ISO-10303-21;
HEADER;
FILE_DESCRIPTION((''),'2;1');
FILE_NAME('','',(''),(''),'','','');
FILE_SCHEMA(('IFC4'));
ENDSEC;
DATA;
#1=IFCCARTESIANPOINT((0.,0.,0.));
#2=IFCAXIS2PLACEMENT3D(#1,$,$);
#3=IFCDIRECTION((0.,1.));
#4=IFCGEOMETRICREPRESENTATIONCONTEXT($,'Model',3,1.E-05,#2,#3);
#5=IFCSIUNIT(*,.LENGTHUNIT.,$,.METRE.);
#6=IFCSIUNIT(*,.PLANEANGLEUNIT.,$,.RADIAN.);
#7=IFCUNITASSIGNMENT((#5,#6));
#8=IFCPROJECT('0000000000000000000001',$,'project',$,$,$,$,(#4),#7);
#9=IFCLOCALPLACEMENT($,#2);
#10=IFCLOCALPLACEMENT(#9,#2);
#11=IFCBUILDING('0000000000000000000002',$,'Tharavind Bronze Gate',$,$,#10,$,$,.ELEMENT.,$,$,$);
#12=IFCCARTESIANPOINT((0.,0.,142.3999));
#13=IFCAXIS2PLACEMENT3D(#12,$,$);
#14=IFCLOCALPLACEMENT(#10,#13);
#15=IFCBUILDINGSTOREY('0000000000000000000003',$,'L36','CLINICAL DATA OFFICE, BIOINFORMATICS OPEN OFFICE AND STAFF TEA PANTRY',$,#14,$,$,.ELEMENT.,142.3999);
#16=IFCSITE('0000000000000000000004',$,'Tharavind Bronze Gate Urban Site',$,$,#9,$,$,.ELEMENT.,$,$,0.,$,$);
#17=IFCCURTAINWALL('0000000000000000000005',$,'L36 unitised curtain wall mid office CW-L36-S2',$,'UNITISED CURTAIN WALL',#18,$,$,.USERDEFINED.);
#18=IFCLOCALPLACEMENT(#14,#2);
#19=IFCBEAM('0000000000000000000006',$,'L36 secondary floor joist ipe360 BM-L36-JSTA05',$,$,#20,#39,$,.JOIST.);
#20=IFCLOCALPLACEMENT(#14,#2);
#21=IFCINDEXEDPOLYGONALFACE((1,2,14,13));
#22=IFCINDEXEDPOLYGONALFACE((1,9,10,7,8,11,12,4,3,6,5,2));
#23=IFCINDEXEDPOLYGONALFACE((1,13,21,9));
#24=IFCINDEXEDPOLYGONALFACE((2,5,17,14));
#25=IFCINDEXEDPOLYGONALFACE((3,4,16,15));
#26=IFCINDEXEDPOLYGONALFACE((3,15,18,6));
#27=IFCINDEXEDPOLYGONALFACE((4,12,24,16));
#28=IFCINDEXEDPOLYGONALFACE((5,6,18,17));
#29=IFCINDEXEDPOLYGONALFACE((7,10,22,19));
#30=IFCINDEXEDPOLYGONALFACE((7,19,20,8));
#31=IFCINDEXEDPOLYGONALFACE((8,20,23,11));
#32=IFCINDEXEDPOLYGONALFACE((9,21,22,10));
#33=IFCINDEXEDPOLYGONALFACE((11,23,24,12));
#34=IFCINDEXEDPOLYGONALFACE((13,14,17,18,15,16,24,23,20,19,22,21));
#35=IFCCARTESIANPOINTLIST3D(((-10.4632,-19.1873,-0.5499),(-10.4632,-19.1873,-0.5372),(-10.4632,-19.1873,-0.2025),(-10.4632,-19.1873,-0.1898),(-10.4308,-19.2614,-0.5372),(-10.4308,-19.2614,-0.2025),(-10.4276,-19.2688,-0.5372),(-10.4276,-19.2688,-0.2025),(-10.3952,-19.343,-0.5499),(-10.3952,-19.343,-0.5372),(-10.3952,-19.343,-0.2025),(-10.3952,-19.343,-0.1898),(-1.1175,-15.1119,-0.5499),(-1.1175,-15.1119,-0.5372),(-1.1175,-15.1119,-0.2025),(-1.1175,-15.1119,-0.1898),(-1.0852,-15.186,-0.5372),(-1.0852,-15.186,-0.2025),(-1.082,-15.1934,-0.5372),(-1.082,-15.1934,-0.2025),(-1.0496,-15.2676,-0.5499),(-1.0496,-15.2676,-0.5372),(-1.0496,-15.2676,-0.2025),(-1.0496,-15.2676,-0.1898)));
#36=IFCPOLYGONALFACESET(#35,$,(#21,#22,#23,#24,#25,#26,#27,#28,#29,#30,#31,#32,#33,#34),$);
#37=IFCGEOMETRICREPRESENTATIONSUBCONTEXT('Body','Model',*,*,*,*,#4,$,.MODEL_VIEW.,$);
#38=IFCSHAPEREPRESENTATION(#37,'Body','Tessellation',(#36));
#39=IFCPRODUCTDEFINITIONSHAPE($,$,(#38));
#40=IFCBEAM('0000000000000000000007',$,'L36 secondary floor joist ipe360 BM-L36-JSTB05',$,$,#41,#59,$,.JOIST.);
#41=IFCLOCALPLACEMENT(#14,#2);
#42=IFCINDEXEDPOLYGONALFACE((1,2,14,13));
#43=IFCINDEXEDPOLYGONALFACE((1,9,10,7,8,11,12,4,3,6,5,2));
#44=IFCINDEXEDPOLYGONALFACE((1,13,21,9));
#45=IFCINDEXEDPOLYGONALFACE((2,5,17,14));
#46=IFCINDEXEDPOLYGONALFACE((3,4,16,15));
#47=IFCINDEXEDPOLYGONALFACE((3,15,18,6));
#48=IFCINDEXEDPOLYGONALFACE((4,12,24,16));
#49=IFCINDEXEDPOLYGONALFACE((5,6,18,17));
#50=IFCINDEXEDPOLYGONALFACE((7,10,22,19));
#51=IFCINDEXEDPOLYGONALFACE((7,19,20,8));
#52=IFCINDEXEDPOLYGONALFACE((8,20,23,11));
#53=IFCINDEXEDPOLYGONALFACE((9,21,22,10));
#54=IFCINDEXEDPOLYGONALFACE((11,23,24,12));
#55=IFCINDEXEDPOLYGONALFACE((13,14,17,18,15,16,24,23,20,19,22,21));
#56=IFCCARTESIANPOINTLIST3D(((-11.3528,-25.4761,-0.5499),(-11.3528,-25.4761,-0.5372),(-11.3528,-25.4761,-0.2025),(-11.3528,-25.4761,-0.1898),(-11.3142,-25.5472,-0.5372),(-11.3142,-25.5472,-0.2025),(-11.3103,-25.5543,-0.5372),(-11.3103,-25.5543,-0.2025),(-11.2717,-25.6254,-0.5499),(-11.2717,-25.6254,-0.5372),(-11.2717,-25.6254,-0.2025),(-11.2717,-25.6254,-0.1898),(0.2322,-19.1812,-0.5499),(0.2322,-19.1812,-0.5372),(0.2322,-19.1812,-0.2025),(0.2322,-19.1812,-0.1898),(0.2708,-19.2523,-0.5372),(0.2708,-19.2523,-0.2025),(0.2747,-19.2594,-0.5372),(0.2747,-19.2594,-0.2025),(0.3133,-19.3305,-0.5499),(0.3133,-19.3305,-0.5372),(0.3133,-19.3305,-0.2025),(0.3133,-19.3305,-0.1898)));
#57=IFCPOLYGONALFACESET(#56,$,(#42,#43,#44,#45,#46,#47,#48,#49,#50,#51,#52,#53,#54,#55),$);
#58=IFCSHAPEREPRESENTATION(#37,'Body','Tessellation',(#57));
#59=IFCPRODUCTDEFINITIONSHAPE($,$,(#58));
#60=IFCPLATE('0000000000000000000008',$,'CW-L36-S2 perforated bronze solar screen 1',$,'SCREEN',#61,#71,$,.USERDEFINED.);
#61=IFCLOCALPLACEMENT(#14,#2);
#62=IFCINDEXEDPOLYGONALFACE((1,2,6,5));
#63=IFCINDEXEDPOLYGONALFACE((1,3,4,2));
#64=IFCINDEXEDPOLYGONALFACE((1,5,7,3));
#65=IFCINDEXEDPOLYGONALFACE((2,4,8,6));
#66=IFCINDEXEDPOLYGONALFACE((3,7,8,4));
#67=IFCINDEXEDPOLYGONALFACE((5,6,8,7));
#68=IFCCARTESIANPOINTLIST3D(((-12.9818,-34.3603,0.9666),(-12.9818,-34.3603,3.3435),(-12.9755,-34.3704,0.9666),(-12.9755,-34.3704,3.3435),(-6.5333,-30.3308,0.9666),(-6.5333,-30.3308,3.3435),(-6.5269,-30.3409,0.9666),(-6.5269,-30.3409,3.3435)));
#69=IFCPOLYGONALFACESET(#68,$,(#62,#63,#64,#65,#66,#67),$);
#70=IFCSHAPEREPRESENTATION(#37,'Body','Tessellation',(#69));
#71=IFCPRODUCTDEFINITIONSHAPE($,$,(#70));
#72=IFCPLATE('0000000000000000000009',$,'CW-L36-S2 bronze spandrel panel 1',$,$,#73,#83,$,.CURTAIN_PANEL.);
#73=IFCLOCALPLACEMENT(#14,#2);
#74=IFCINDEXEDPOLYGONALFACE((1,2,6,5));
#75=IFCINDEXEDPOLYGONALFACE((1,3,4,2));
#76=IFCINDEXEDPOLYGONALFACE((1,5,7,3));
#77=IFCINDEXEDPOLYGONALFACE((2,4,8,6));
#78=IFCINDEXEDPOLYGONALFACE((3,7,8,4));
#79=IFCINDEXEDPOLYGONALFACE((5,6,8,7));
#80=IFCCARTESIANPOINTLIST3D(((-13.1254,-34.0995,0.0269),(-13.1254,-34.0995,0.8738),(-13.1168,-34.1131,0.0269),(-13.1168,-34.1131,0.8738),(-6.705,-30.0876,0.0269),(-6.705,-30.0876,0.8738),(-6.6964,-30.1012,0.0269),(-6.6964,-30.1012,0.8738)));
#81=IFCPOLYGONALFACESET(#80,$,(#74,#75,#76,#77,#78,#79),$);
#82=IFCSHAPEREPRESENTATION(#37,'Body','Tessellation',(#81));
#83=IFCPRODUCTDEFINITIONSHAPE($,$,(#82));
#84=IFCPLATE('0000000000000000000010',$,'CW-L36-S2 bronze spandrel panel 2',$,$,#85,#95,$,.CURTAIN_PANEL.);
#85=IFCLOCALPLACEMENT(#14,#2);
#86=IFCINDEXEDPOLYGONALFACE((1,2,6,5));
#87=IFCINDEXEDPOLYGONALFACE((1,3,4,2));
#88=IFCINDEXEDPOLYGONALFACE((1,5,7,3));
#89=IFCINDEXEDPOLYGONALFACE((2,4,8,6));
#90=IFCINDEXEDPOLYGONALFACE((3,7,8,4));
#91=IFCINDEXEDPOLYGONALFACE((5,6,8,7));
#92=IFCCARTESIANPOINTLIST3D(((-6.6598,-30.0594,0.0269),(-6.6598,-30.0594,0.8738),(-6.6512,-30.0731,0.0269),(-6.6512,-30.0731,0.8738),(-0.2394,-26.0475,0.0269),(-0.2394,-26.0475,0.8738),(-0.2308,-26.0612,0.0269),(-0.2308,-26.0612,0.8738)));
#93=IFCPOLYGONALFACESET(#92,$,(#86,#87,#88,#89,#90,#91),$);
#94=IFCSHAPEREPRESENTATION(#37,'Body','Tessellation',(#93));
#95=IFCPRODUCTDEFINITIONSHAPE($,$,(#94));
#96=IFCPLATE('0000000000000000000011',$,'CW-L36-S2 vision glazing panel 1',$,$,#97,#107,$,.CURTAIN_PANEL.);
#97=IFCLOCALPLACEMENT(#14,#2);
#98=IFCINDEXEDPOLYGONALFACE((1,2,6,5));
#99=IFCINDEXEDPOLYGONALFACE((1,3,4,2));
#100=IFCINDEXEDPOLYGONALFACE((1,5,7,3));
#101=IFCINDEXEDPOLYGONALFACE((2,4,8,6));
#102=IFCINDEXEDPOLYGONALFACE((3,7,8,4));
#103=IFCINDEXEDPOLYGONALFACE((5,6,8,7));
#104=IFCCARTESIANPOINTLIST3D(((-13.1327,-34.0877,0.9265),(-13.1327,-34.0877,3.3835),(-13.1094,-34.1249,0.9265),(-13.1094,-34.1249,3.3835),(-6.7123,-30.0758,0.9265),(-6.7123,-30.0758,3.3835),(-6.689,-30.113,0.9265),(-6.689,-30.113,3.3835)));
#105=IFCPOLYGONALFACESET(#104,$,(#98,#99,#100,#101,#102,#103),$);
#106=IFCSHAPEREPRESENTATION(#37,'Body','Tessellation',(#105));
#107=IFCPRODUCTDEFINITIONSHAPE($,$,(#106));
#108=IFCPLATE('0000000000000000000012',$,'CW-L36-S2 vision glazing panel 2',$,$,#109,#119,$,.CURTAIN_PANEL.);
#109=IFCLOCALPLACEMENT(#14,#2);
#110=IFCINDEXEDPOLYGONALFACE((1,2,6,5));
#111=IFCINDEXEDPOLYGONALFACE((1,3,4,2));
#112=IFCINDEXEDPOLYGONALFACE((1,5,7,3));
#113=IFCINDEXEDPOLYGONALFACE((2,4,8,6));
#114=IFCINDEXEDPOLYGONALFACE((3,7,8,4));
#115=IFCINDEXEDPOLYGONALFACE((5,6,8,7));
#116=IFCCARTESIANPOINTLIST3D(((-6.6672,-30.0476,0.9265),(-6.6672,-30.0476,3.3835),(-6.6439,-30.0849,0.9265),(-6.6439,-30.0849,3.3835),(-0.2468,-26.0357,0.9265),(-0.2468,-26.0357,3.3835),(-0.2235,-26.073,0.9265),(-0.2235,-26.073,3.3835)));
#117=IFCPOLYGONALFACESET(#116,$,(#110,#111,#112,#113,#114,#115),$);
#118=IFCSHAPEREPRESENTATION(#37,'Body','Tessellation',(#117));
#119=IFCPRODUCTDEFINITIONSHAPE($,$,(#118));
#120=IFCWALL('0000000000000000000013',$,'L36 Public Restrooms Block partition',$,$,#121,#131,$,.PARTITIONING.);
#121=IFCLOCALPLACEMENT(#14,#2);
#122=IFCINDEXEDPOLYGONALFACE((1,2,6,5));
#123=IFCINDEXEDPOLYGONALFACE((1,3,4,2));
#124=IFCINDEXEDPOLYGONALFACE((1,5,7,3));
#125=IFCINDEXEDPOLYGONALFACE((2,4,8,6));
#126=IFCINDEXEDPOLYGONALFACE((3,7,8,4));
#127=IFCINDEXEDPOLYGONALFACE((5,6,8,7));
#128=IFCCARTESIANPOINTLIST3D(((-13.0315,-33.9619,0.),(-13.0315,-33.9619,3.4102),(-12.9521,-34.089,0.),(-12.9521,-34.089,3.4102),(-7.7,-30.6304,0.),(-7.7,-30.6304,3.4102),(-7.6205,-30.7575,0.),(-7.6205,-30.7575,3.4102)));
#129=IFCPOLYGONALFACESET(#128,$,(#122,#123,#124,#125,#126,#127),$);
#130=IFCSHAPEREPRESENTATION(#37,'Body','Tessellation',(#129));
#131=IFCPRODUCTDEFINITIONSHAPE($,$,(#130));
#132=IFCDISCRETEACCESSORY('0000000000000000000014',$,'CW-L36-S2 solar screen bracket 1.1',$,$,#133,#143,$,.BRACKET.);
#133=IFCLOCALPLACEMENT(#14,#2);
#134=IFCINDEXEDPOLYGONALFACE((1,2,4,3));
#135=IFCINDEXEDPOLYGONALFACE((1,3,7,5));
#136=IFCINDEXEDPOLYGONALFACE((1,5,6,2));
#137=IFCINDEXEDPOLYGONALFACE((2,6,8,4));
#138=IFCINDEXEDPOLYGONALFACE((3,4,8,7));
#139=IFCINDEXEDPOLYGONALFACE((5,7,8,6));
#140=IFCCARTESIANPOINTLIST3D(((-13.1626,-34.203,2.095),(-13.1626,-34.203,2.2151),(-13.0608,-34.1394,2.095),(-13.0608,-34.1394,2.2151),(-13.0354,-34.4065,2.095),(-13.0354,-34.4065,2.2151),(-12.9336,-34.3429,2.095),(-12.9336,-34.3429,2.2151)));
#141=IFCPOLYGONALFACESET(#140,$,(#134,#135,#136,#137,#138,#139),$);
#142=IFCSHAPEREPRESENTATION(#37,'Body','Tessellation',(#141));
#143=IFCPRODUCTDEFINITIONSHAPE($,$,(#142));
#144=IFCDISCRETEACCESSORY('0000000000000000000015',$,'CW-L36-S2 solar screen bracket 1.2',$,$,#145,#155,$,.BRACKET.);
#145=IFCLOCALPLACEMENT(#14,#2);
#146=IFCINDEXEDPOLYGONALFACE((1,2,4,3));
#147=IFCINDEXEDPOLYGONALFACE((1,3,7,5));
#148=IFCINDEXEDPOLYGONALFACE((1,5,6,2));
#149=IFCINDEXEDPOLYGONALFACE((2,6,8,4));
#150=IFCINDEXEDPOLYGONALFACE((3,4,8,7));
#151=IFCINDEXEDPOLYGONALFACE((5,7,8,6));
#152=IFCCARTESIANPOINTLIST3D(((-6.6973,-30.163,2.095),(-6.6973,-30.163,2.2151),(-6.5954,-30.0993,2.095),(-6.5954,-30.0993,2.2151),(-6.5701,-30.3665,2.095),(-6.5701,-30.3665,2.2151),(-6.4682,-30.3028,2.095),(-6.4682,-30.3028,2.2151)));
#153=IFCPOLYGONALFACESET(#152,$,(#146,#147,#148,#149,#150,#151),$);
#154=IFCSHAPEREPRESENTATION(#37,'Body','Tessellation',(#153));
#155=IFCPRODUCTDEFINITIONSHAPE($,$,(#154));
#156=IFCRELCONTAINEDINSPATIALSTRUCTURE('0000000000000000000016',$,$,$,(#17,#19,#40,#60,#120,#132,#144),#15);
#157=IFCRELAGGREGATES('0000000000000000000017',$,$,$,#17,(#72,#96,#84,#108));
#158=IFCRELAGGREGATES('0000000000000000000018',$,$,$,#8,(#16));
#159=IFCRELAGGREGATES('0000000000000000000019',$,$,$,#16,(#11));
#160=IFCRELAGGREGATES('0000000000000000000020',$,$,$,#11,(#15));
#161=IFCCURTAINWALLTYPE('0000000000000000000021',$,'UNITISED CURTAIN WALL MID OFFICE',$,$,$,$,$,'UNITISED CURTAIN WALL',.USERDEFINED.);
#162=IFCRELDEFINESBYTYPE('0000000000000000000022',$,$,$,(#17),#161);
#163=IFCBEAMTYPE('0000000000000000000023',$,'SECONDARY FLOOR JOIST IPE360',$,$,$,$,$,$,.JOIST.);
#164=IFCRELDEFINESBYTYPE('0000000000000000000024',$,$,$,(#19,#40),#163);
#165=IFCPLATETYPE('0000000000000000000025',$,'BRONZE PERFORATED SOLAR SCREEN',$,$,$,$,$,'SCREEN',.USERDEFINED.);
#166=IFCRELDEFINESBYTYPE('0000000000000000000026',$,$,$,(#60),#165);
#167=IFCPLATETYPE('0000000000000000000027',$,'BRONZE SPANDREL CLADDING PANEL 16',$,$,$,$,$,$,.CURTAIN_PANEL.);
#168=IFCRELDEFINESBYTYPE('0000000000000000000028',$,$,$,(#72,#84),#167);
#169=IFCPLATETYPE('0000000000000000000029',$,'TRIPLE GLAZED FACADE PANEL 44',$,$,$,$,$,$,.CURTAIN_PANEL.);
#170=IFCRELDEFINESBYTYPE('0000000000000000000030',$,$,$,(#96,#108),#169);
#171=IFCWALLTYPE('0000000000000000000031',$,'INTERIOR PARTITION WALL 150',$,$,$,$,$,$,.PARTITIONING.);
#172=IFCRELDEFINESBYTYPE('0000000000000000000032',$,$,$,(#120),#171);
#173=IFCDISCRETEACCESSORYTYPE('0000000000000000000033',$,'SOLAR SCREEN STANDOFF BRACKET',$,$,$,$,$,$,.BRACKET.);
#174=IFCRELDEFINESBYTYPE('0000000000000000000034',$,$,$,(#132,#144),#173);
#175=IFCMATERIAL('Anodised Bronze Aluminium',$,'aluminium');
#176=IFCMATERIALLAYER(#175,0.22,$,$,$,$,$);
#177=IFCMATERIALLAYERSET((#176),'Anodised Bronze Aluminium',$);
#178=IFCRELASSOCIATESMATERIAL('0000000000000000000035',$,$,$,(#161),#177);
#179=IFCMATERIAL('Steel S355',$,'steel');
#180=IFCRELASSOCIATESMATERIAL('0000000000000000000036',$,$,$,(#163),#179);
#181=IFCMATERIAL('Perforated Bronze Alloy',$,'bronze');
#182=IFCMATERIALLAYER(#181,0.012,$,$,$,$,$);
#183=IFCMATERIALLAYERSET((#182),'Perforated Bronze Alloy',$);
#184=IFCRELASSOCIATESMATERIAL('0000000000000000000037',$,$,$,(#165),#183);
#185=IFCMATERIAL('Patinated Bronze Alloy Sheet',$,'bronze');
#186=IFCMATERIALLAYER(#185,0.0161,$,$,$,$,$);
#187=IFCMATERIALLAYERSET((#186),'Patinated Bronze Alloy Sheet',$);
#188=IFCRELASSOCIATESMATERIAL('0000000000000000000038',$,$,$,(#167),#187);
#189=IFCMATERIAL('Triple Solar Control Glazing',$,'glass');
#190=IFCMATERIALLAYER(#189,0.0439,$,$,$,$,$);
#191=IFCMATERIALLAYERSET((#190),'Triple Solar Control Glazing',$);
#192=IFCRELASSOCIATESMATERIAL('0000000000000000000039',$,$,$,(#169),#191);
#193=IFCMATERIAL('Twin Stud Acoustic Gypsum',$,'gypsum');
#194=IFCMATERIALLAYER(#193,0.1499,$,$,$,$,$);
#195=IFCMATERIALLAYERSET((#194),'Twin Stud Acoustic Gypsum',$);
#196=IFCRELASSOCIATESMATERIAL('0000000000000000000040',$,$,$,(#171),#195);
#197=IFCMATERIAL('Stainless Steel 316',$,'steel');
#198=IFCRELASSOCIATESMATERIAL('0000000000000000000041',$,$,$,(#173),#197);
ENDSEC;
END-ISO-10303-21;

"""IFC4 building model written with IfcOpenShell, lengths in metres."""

from ifc_helpers import new_model, si_unit, direction, frame, frame_2d, origin, origin_2d, place, context, subcontext, project, spatial, rectangle, i_section, extrude, material, layer, layer_set, material_profile, profile_set, type_object, element, aggregate, save


model = new_model("IFC4")

# Units and contexts
model_context = context("Model", 3, precision=1e-05, world=origin(), true_north=direction((0.0, 1.0)))
body_context = subcontext(model_context, "Body", "Model", "MODEL_VIEW")
ifc_project = project(units=[si_unit("LENGTHUNIT", "METRE"), si_unit("PLANEANGLEUNIT", "RADIAN")], contexts=[model_context])

# Site, building, storey
site_placement = place(None, origin())
site = spatial("IfcSite", under=ifc_project, at=site_placement, Name="Tharavind Bronze Gate Urban Site", CompositionType="ELEMENT", RefElevation=0.0)
building_placement = place(site_placement, origin())
building = spatial("IfcBuilding", under=site, at=building_placement, Name="Tharavind Bronze Gate", CompositionType="ELEMENT")
storey_placement = place(building_placement, frame((0.0, 0.0, 142.3999)))
storey = spatial("IfcBuildingStorey", under=building, at=storey_placement, Name="L36", Description="CLINICAL DATA OFFICE, BIOINFORMATICS OPEN OFFICE AND STAFF TEA PANTRY", CompositionType="ELEMENT", Elevation=142.3999)

# Curtain wall
ifc_material_1 = material(Name="Anodised Bronze Aluminium", Category="aluminium")
ifc_layer_1 = layer(ifc_material_1, 0.22)
ifc_layer_set_1 = layer_set([ifc_layer_1], Name="Anodised Bronze Aluminium")
curtain_wall_type = type_object("IfcCurtainWallType", Name="UNITISED CURTAIN WALL MID OFFICE", ElementType="UNITISED CURTAIN WALL", PredefinedType="USERDEFINED", material=ifc_layer_set_1)
curtain_wall_placement = place(storey_placement, origin())
curtain_wall = element("IfcCurtainWall", 1, at=curtain_wall_placement, inside=storey, type_object=curtain_wall_type, Name="L36 unitised curtain wall mid office CW-L36-S2", ObjectType="UNITISED CURTAIN WALL", PredefinedType="USERDEFINED")

# Beams
ifc_material_2 = material(Name="Steel S355", Category="steel")
ifc_material_profile_1 = material_profile(ifc_material_2, i_section(OverallWidth=0.1699, OverallDepth=0.3601, WebThickness=0.0081, FlangeThickness=0.0127, at=origin_2d()), Name="IPE360")
ifc_profile_set_1 = profile_set([ifc_material_profile_1], Name="Steel S355")
beam_type_1 = type_object("IfcBeamType", Name="SECONDARY FLOOR JOIST IPE360", PredefinedType="JOIST", material=ifc_profile_set_1)
beam_1_placement = place(storey_placement, frame((-10.4292, -19.2651, -0.3699), z_axis=(0.916636, 0.399723, 0.0), x_axis=(-0.399723, 0.916636, 0.0)))
element("IfcBeam", 2, at=beam_1_placement, inside=storey, type_object=beam_type_1, Name="L36 secondary floor joist ipe360 BM-L36-JSTA05", PredefinedType="JOIST", context=body_context, shape_type="SweptSolid", body=[
    extrude(i_section(OverallWidth=0.1699, OverallDepth=0.3601, WebThickness=0.0081, FlangeThickness=0.0127, at=origin_2d()), origin(), (0.0, 0.0, 1.0), 10.1956),
])
beam_2_placement = place(storey_placement, frame((-11.3123, -25.5508, -0.3699), z_axis=(0.878664, 0.47744, 0.0), x_axis=(-0.47744, 0.878664, 0.0)))
element("IfcBeam", 3, at=beam_2_placement, inside=storey, type_object=beam_type_1, Name="L36 secondary floor joist ipe360 BM-L36-JSTB05", PredefinedType="JOIST", context=body_context, shape_type="SweptSolid", body=[
    extrude(i_section(OverallWidth=0.1699, OverallDepth=0.3601, WebThickness=0.0081, FlangeThickness=0.0127, at=origin_2d()), origin(), (0.0, 0.0, 1.0), 13.1848),
])

# Plates
ifc_material_3 = material(Name="Perforated Bronze Alloy", Category="bronze")
ifc_layer_2 = layer(ifc_material_3, 0.012)
ifc_layer_set_2 = layer_set([ifc_layer_2], Name="Perforated Bronze Alloy")
plate_type_1 = type_object("IfcPlateType", Name="BRONZE PERFORATED SOLAR SCREEN", ElementType="SCREEN", PredefinedType="USERDEFINED", material=ifc_layer_set_2)
plate_1_placement = place(storey_placement, frame((-9.7544, -32.3506, 0.9666), z_axis=(0.0, 0.0, 1.0), x_axis=(0.848048, 0.529919, 0.0)))
element("IfcPlate", 4, at=plate_1_placement, inside=storey, type_object=plate_type_1, Name="CW-L36-S2 perforated bronze solar screen 1", ObjectType="SCREEN", PredefinedType="USERDEFINED", context=body_context, shape_type="SweptSolid", body=[
    extrude(rectangle(XDim=7.604, YDim=0.012, at=origin_2d()), origin(), (0.0, 0.0, 1.0), 2.377),
])
ifc_material_4 = material(Name="Patinated Bronze Alloy Sheet", Category="bronze")
ifc_layer_3 = layer(ifc_material_4, 0.0161)
ifc_layer_set_3 = layer_set([ifc_layer_3], Name="Patinated Bronze Alloy Sheet")
plate_type_2 = type_object("IfcPlateType", Name="BRONZE SPANDREL CLADDING PANEL 16", PredefinedType="CURTAIN_PANEL", material=ifc_layer_set_3)
plate_2_placement = place(storey_placement, frame((-9.9109, -32.1003, 0.0269), z_axis=(0.0, 0.0, 1.0), x_axis=(0.848048, 0.529919, 0.0)))
plate_2 = element("IfcPlate", 5, at=plate_2_placement, type_object=plate_type_2, Name="CW-L36-S2 bronze spandrel panel 1", PredefinedType="CURTAIN_PANEL", context=body_context, shape_type="SweptSolid", body=[
    extrude(rectangle(XDim=7.5708, YDim=0.0161, at=origin_2d()), origin(), (0.0, 0.0, 1.0), 0.8469),
])
plate_3_placement = place(storey_placement, frame((-3.4453, -28.0603, 0.0269), z_axis=(0.0, 0.0, 1.0), x_axis=(0.848048, 0.529919, 0.0)))
plate_3 = element("IfcPlate", 6, at=plate_3_placement, type_object=plate_type_2, Name="CW-L36-S2 bronze spandrel panel 2", PredefinedType="CURTAIN_PANEL", context=body_context, shape_type="SweptSolid", body=[
    extrude(rectangle(XDim=7.5708, YDim=0.0161, at=origin_2d()), origin(), (0.0, 0.0, 1.0), 0.8469),
])
ifc_material_5 = material(Name="Triple Solar Control Glazing", Category="glass")
ifc_layer_4 = layer(ifc_material_5, 0.0439)
ifc_layer_set_4 = layer_set([ifc_layer_4], Name="Triple Solar Control Glazing")
plate_type_3 = type_object("IfcPlateType", Name="TRIPLE GLAZED FACADE PANEL 44", PredefinedType="CURTAIN_PANEL", material=ifc_layer_set_4)
plate_4_placement = place(storey_placement, frame((-9.9109, -32.1003, 0.9265), z_axis=(0.0, 0.0, 1.0), x_axis=(0.848048, 0.529919, 0.0)))
plate_4 = element("IfcPlate", 7, at=plate_4_placement, type_object=plate_type_3, Name="CW-L36-S2 vision glazing panel 1", PredefinedType="CURTAIN_PANEL", context=body_context, shape_type="SweptSolid", body=[
    extrude(rectangle(XDim=7.5708, YDim=0.0439, at=origin_2d()), origin(), (0.0, 0.0, 1.0), 2.457),
])
plate_5_placement = place(storey_placement, frame((-3.4453, -28.0603, 0.9265), z_axis=(0.0, 0.0, 1.0), x_axis=(0.848048, 0.529919, 0.0)))
plate_5 = element("IfcPlate", 8, at=plate_5_placement, type_object=plate_type_3, Name="CW-L36-S2 vision glazing panel 2", PredefinedType="CURTAIN_PANEL", context=body_context, shape_type="SweptSolid", body=[
    extrude(rectangle(XDim=7.5708, YDim=0.0439, at=origin_2d()), origin(), (0.0, 0.0, 1.0), 2.457),
])
aggregate(curtain_wall, [plate_2, plate_4, plate_3, plate_5])

# Wall
ifc_material_6 = material(Name="Twin Stud Acoustic Gypsum", Category="gypsum")
ifc_layer_5 = layer(ifc_material_6, 0.1499)
ifc_layer_set_5 = layer_set([ifc_layer_5], Name="Twin Stud Acoustic Gypsum")
wall_type = type_object("IfcWallType", Name="INTERIOR PARTITION WALL 150", PredefinedType="PARTITIONING", material=ifc_layer_set_5)
wall_placement = place(storey_placement, frame((-7.6602, -30.6938, 0.0), z_axis=(0.0, 0.0, 1.0), x_axis=(-0.848046, -0.529922, 0.0)))
element("IfcWall", 9, at=wall_placement, inside=storey, type_object=wall_type, Name="L36 Public Restrooms Block partition", PredefinedType="PARTITIONING", context=body_context, shape_type="SweptSolid", body=[
    extrude(rectangle(XDim=6.2869, YDim=0.1499, at=frame_2d((3.1436, 0.0))), origin(), (0.0, 0.0, 1.0), 3.4102),
])

# Discrete accessories
ifc_material_7 = material(Name="Stainless Steel 316", Category="steel")
discrete_accessory_type = type_object("IfcDiscreteAccessoryType", Name="SOLAR SCREEN STANDOFF BRACKET", PredefinedType="BRACKET", material=ifc_material_7)
for number, where, z_axis, x_axis, name in (
    (10, (-13.0481, -34.2729, 2.095), (0.0, 0.0, 1.0), (0.848048, 0.529919, 0.0), "CW-L36-S2 solar screen bracket 1.1"),
    (11, (-6.5828, -30.2329, 2.095), (0.0, 0.0, 1.0), (0.848048, 0.529919, 0.0), "CW-L36-S2 solar screen bracket 1.2"),
):
    element("IfcDiscreteAccessory", number, at=place(storey_placement, frame(where, z_axis=z_axis, x_axis=x_axis)), inside=storey, type_object=discrete_accessory_type, Name=name, PredefinedType="BRACKET", context=body_context, shape_type="SweptSolid", body=[
        extrude(rectangle(XDim=0.1201, YDim=0.24, at=origin_2d()), origin(), (0.0, 0.0, 1.0), 0.1201),
    ])

save(model, "model.ifc")
